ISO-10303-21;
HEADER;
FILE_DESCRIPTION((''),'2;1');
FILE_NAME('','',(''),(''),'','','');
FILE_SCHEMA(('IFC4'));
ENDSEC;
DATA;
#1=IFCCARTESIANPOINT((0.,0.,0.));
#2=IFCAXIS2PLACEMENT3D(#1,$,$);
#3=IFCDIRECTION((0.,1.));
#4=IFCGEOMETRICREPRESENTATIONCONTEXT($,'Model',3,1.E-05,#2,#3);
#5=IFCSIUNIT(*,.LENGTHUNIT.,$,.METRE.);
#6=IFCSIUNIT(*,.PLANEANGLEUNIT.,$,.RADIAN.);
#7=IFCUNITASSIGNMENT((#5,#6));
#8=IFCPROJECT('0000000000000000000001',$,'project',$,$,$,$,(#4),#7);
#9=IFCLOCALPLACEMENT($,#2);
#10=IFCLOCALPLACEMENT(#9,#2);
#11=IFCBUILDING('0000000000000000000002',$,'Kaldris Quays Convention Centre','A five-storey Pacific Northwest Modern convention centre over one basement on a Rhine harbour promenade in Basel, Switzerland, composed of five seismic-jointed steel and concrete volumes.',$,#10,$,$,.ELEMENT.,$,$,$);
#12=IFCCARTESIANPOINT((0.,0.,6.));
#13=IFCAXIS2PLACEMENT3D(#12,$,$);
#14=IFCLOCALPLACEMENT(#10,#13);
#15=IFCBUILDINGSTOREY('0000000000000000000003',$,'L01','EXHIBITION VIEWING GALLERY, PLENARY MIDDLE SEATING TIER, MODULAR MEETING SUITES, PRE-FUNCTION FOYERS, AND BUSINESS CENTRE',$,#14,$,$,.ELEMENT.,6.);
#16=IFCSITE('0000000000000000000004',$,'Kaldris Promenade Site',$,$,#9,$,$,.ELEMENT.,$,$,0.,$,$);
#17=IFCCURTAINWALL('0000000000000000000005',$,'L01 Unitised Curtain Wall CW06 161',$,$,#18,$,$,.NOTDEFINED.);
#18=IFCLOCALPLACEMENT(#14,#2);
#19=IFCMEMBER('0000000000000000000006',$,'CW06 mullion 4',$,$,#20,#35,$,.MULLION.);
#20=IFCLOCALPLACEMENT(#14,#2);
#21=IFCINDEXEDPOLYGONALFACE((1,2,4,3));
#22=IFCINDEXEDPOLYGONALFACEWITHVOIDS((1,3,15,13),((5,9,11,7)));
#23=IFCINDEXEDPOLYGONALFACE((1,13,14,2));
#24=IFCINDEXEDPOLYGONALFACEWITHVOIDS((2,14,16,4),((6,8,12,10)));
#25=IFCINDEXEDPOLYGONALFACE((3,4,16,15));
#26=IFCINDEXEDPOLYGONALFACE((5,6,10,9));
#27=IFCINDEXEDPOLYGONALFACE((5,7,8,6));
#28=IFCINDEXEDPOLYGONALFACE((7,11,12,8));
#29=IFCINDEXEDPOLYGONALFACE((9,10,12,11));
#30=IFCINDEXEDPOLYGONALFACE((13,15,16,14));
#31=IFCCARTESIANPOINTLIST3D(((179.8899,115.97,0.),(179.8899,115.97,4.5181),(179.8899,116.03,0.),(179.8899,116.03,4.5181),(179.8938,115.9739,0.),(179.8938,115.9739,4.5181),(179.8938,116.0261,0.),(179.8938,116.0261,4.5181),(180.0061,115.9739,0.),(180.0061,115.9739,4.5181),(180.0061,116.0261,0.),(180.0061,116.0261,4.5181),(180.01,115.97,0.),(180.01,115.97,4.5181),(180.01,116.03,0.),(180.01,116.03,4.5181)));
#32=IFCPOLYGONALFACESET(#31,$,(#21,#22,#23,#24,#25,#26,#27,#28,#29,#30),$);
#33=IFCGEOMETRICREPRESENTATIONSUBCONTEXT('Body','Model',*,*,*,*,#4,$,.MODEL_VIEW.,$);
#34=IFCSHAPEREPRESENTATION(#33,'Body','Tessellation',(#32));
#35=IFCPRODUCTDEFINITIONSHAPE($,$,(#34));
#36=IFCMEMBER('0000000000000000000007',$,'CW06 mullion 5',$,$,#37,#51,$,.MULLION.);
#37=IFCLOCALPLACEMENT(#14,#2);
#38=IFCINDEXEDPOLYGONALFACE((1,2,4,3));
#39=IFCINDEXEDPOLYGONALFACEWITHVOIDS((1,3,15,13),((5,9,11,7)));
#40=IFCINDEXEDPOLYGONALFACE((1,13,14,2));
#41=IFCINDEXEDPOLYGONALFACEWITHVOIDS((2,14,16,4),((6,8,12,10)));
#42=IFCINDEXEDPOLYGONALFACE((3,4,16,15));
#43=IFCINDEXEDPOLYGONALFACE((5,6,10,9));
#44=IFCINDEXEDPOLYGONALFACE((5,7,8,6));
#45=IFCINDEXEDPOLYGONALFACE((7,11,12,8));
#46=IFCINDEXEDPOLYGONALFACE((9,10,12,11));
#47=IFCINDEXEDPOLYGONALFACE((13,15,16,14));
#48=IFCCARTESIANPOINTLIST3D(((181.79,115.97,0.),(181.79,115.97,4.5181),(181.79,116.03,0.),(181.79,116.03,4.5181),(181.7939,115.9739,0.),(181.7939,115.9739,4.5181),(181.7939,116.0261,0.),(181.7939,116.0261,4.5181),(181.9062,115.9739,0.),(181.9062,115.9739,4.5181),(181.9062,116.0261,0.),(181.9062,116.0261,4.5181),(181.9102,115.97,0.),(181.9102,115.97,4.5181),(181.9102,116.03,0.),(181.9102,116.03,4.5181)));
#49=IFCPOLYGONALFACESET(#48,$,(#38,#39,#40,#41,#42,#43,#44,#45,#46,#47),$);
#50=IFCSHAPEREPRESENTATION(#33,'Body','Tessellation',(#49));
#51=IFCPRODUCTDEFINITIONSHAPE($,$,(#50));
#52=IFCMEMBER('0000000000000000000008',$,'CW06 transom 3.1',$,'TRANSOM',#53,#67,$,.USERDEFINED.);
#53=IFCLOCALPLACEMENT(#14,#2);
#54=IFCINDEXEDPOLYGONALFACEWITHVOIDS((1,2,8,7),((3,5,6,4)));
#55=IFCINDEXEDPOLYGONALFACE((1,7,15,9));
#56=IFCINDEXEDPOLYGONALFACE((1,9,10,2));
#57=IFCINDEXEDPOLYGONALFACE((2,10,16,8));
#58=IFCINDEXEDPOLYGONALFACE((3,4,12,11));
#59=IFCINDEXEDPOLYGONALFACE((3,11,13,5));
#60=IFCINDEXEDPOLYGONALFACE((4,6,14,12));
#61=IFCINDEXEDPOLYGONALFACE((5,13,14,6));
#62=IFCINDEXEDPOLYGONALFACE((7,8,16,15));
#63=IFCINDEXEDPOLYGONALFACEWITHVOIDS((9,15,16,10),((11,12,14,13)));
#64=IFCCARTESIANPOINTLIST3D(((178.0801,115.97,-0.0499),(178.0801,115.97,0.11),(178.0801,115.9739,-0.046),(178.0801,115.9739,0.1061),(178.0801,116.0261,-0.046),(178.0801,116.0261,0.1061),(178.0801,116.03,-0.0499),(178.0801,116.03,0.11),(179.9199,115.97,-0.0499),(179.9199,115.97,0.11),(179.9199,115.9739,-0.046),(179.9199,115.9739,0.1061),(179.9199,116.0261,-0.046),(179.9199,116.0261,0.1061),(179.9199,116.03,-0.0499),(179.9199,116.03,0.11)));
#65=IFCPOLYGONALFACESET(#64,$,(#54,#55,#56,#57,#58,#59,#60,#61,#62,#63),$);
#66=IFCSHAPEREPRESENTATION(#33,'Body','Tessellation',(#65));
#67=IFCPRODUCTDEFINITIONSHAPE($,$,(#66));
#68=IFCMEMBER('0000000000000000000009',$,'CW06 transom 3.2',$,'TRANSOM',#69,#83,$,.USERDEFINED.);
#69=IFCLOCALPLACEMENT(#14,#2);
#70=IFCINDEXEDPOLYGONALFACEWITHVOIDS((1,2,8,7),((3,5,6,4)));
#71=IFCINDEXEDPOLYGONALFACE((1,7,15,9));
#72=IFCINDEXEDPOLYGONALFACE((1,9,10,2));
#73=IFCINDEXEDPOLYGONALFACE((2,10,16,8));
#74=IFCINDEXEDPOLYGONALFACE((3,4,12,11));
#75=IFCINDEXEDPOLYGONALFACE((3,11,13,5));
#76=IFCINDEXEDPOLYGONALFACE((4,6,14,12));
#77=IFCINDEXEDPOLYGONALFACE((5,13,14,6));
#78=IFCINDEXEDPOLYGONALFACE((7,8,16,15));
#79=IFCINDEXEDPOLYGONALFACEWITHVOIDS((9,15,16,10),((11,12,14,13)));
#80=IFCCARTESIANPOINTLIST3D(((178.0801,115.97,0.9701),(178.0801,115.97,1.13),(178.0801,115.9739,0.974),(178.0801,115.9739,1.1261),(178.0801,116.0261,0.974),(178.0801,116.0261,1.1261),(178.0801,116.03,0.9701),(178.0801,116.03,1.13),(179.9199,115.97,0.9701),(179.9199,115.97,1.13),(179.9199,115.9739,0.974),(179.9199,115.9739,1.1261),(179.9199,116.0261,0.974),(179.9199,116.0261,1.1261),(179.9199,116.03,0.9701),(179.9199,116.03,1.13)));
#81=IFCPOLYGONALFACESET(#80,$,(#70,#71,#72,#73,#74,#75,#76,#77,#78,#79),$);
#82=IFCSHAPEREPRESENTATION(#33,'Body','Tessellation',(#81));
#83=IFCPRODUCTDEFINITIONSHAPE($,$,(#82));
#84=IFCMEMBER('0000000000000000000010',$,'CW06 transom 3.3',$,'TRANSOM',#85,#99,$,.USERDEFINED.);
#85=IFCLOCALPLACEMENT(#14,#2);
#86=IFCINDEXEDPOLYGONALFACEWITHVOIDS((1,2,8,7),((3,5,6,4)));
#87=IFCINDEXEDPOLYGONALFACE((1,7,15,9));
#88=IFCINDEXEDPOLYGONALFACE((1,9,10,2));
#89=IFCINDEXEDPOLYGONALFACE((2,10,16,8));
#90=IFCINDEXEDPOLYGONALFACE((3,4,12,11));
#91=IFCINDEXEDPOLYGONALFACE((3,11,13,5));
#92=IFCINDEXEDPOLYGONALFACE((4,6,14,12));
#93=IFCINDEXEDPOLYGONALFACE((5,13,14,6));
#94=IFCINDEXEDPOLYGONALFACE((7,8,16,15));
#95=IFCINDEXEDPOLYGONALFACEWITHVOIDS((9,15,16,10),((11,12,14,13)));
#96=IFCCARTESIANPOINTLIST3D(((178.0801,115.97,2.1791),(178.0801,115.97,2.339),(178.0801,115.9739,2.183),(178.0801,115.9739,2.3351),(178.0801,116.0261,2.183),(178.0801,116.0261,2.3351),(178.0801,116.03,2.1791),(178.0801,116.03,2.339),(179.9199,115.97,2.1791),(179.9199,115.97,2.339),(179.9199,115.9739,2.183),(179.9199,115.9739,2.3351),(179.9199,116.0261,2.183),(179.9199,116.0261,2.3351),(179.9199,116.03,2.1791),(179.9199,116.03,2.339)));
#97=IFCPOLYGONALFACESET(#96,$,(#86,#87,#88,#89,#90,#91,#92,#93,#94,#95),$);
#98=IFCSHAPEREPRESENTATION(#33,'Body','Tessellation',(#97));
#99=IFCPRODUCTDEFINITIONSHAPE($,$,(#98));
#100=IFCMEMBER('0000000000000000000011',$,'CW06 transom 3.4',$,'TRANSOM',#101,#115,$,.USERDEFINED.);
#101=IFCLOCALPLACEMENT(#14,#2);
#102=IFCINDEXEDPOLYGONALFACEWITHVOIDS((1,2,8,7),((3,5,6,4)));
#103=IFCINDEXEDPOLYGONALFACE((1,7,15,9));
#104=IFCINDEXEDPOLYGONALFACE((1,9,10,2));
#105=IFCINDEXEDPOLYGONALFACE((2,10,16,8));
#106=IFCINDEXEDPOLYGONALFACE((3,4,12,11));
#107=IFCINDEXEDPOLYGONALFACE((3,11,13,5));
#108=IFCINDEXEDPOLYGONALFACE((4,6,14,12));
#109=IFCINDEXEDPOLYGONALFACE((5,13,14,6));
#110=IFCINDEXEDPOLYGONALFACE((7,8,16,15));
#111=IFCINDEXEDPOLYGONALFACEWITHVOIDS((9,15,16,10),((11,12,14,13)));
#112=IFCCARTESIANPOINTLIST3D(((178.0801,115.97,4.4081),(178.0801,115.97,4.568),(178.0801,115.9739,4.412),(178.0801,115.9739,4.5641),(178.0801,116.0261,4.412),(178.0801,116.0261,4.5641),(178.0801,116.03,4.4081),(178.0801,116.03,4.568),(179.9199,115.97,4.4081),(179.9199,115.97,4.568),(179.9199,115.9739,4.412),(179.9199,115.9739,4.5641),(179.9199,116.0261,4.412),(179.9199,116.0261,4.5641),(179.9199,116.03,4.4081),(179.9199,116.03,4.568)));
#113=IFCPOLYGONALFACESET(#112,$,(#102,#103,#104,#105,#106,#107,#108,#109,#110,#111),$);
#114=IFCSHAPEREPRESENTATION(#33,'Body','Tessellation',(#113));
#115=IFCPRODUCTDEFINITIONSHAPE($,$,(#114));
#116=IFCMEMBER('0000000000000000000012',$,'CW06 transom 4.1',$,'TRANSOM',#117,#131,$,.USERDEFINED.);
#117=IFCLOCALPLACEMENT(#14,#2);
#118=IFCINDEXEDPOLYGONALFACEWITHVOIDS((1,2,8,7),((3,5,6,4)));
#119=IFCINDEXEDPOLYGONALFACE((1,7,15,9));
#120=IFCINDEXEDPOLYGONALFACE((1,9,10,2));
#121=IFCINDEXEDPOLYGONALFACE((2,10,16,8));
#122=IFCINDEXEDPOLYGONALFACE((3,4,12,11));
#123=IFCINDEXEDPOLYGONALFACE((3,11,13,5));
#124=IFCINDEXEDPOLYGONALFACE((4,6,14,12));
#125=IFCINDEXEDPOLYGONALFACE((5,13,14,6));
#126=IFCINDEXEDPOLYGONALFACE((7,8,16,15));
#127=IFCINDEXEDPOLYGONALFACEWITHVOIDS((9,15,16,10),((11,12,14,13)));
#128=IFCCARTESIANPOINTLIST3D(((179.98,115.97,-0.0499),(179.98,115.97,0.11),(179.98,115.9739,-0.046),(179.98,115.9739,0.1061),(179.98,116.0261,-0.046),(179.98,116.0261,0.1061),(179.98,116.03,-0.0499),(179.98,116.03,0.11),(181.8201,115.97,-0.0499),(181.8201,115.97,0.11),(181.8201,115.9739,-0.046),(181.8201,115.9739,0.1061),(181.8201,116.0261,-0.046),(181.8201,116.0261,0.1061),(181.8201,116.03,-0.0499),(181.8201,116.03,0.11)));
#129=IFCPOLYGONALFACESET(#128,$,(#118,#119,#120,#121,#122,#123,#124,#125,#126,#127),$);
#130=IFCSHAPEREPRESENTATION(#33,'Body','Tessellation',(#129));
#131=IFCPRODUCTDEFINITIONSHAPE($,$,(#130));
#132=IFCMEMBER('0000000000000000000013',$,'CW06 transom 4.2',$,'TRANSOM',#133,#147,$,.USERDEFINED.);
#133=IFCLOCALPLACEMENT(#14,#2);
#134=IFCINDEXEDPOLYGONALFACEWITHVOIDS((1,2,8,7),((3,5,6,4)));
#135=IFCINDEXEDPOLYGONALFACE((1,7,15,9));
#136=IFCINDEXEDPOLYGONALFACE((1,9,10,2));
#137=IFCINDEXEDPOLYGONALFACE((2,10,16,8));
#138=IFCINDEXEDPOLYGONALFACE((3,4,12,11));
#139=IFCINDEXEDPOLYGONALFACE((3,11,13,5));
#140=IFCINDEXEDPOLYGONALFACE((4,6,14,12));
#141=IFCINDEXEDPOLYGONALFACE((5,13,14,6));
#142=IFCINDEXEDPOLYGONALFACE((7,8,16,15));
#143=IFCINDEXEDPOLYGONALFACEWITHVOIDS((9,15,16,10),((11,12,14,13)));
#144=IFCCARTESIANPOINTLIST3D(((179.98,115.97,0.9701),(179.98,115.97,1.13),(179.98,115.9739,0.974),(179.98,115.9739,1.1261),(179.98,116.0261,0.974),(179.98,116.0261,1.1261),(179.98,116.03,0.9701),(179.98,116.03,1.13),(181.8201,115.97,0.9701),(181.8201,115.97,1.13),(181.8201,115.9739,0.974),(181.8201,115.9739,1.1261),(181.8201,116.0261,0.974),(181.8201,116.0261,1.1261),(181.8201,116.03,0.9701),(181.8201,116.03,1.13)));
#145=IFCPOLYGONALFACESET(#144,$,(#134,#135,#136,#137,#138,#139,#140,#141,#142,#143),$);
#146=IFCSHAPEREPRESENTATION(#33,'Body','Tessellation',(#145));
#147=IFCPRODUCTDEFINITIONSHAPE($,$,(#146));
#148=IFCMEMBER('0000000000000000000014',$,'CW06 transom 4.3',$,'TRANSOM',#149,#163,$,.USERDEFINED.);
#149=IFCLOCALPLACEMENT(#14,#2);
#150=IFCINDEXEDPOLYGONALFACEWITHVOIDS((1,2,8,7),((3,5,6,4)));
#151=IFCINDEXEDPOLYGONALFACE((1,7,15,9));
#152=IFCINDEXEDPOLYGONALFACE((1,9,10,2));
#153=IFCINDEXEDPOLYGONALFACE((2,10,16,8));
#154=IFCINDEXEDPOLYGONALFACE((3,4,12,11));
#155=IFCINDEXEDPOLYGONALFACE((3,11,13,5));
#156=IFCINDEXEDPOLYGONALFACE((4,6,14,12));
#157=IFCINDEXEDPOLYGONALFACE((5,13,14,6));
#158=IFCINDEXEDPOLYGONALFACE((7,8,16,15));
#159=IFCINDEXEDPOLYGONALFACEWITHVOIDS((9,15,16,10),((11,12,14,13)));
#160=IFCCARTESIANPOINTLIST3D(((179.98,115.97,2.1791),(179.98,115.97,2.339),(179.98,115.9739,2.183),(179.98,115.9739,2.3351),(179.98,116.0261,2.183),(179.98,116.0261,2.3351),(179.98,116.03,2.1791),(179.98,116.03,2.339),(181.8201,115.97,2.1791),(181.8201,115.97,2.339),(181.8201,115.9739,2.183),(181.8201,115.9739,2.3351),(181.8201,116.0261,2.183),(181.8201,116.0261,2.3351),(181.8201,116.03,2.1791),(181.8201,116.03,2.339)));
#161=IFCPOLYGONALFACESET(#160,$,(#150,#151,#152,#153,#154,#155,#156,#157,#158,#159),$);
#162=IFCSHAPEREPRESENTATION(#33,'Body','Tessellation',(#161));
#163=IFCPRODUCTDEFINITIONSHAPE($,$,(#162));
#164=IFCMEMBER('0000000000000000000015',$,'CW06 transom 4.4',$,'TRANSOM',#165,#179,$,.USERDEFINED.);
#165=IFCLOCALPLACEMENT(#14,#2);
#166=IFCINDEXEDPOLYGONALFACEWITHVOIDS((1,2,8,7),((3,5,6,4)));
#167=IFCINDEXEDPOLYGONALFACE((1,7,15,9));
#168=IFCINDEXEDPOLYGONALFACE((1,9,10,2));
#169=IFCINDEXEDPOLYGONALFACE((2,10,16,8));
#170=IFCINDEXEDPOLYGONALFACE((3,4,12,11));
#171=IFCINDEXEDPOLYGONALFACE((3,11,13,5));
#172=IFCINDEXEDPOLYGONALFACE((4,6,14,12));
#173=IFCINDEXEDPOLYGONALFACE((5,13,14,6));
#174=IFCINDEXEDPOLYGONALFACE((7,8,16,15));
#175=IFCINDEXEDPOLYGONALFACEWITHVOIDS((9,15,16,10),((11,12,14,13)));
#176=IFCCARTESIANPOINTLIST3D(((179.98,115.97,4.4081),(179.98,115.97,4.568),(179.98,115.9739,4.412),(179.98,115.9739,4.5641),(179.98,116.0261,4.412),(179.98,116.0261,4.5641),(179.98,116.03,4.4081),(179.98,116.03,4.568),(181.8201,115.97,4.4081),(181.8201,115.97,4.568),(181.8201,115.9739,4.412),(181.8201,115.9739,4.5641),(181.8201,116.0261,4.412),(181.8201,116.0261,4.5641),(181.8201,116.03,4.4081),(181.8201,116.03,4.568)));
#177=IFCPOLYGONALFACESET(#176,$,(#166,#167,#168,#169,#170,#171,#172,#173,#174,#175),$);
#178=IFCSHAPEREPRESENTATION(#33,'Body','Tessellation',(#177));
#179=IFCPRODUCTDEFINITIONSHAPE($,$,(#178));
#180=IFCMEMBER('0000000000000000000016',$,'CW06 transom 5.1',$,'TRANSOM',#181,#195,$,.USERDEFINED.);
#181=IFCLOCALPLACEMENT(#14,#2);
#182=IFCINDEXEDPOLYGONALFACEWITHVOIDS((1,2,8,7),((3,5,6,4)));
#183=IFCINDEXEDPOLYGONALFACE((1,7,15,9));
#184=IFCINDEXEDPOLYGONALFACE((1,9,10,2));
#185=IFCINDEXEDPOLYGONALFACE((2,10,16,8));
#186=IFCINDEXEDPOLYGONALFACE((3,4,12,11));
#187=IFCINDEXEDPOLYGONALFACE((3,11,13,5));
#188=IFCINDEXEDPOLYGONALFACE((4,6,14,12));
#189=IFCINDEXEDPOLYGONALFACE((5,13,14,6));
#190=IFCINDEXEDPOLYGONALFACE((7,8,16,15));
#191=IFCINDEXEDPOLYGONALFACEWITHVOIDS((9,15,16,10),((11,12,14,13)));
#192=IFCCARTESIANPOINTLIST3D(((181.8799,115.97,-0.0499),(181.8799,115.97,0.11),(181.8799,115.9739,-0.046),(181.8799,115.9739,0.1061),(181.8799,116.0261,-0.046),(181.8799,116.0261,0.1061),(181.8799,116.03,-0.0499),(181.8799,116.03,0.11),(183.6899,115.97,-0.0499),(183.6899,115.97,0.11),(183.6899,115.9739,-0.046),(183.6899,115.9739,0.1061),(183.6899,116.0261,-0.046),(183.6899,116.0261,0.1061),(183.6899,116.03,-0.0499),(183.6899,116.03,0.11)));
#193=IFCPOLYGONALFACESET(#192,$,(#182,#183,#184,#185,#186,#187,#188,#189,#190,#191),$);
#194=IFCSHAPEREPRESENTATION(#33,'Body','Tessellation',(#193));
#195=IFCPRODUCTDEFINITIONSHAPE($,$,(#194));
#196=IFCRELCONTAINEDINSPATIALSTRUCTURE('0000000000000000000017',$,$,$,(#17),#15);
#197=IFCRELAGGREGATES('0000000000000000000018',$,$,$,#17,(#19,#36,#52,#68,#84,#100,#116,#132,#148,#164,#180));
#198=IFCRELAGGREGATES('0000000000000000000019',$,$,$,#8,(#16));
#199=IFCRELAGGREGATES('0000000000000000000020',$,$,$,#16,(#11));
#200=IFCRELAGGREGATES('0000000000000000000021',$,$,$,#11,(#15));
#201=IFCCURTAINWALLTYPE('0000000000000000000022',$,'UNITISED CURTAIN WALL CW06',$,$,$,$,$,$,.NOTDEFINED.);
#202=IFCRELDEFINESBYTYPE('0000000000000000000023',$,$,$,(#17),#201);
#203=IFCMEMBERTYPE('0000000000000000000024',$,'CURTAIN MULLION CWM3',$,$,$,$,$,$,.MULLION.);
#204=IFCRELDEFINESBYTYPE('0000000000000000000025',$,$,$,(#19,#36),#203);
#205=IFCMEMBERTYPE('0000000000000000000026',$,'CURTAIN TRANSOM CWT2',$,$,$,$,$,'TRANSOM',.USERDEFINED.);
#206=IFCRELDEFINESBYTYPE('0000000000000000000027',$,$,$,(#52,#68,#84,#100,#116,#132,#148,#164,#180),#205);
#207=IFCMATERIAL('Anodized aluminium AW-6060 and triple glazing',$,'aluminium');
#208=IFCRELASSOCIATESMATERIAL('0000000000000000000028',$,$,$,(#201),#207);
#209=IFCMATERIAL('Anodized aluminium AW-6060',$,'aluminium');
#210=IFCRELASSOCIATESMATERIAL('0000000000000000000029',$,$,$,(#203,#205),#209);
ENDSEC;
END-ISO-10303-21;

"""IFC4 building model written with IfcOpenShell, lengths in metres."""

from ifc_helpers import new_model, si_unit, direction, frame, origin, origin_2d, place, context, subcontext, project, spatial, hollow_rectangle, extrude, material, material_profile, profile_set, type_object, element, aggregate, save


model = new_model("IFC4")

# Units and contexts
model_context = context("Model", 3, precision=1e-05, world=origin(), true_north=direction((0.0, 1.0)))
body_context = subcontext(model_context, "Body", "Model", "MODEL_VIEW")
ifc_project = project(units=[si_unit("LENGTHUNIT", "METRE"), si_unit("PLANEANGLEUNIT", "RADIAN")], contexts=[model_context])

# Site, building, storey
site_placement = place(None, origin())
site = spatial("IfcSite", under=ifc_project, at=site_placement, Name="Kaldris Promenade Site", CompositionType="ELEMENT", RefElevation=0.0)
building_placement = place(site_placement, origin())
building = spatial("IfcBuilding", under=site, at=building_placement, Name="Kaldris Quays Convention Centre", Description="A five-storey Pacific Northwest Modern convention centre over one basement on a Rhine harbour promenade in Basel, Switzerland, composed of five seismic-jointed steel and concrete volumes.", CompositionType="ELEMENT")
storey_placement = place(building_placement, frame((0.0, 0.0, 6.0)))
storey = spatial("IfcBuildingStorey", under=building, at=storey_placement, Name="L01", Description="EXHIBITION VIEWING GALLERY, PLENARY MIDDLE SEATING TIER, MODULAR MEETING SUITES, PRE-FUNCTION FOYERS, AND BUSINESS CENTRE", CompositionType="ELEMENT", Elevation=6.0)

# Curtain wall, members
ifc_material_1 = material(Name="Anodized aluminium AW-6060 and triple glazing", Category="aluminium")
curtain_wall_type = type_object("IfcCurtainWallType", Name="UNITISED CURTAIN WALL CW06", PredefinedType="NOTDEFINED", material=ifc_material_1)
curtain_wall_placement = place(storey_placement, origin())
curtain_wall = element("IfcCurtainWall", 1, at=curtain_wall_placement, inside=storey, type_object=curtain_wall_type, Name="L01 Unitised Curtain Wall CW06 161", PredefinedType="NOTDEFINED")
ifc_material_2 = material(Name="Anodized aluminium AW-6060", Category="aluminium")
ifc_material_profile_1 = material_profile(ifc_material_2, hollow_rectangle(XDim=0.0601, YDim=0.1201, WallThickness=0.0039, at=origin_2d()), Name="RHS 120x60x4")
ifc_profile_set_1 = profile_set([ifc_material_profile_1], Name="Anodized aluminium AW-6060")
member_type_1 = type_object("IfcMemberType", Name="CURTAIN MULLION CWM3", PredefinedType="MULLION", material=ifc_profile_set_1)
member_1_placement = place(storey_placement, frame((179.95, 116.0, 0.0), z_axis=(0.0, 0.0, 1.0), x_axis=(0.0, 1.0, 0.0)))
member_1 = element("IfcMember", 2, at=member_1_placement, type_object=member_type_1, Name="CW06 mullion 4", PredefinedType="MULLION", context=body_context, shape_type="SweptSolid", body=[
    extrude(hollow_rectangle(XDim=0.0601, YDim=0.1201, WallThickness=0.0039, at=origin_2d()), origin(), (0.0, 0.0, 1.0), 4.5181),
])
member_2_placement = place(storey_placement, frame((181.8501, 116.0, 0.0), z_axis=(0.0, 0.0, 1.0), x_axis=(0.0, 1.0, 0.0)))
member_2 = element("IfcMember", 3, at=member_2_placement, type_object=member_type_1, Name="CW06 mullion 5", PredefinedType="MULLION", context=body_context, shape_type="SweptSolid", body=[
    extrude(hollow_rectangle(XDim=0.0601, YDim=0.1201, WallThickness=0.0039, at=origin_2d()), origin(), (0.0, 0.0, 1.0), 4.5181),
])
ifc_material_profile_2 = material_profile(ifc_material_2, hollow_rectangle(XDim=0.0601, YDim=0.1599, WallThickness=0.0039, at=origin_2d()), Name="RHS 160x60x4")
ifc_profile_set_2 = profile_set([ifc_material_profile_2], Name="Anodized aluminium AW-6060")
member_type_2 = type_object("IfcMemberType", Name="CURTAIN TRANSOM CWT2", ElementType="TRANSOM", PredefinedType="USERDEFINED", material=ifc_profile_set_2)
member_3_placement = place(storey_placement, frame((178.0801, 116.0, 0.03), z_axis=(1.0, 0.0, 0.0), x_axis=(0.0, 1.0, 0.0)))
member_3 = element("IfcMember", 4, at=member_3_placement, type_object=member_type_2, Name="CW06 transom 3.1", ObjectType="TRANSOM", PredefinedType="USERDEFINED", context=body_context, shape_type="SweptSolid", body=[
    extrude(hollow_rectangle(XDim=0.0601, YDim=0.1599, WallThickness=0.0039, at=origin_2d()), origin(), (0.0, 0.0, 1.0), 1.8398),
])
member_4_placement = place(storey_placement, frame((178.0801, 116.0, 1.05), z_axis=(1.0, 0.0, 0.0), x_axis=(0.0, 1.0, 0.0)))
member_4 = element("IfcMember", 5, at=member_4_placement, type_object=member_type_2, Name="CW06 transom 3.2", ObjectType="TRANSOM", PredefinedType="USERDEFINED", context=body_context, shape_type="SweptSolid", body=[
    extrude(hollow_rectangle(XDim=0.0601, YDim=0.1599, WallThickness=0.0039, at=origin_2d()), origin(), (0.0, 0.0, 1.0), 1.8398),
])
member_5_placement = place(storey_placement, frame((178.0801, 116.0, 2.259), z_axis=(1.0, 0.0, 0.0), x_axis=(0.0, 1.0, 0.0)))
member_5 = element("IfcMember", 6, at=member_5_placement, type_object=member_type_2, Name="CW06 transom 3.3", ObjectType="TRANSOM", PredefinedType="USERDEFINED", context=body_context, shape_type="SweptSolid", body=[
    extrude(hollow_rectangle(XDim=0.0601, YDim=0.1599, WallThickness=0.0039, at=origin_2d()), origin(), (0.0, 0.0, 1.0), 1.8398),
])
member_6_placement = place(storey_placement, frame((178.0801, 116.0, 4.488), z_axis=(1.0, 0.0, 0.0), x_axis=(0.0, 1.0, 0.0)))
member_6 = element("IfcMember", 7, at=member_6_placement, type_object=member_type_2, Name="CW06 transom 3.4", ObjectType="TRANSOM", PredefinedType="USERDEFINED", context=body_context, shape_type="SweptSolid", body=[
    extrude(hollow_rectangle(XDim=0.0601, YDim=0.1599, WallThickness=0.0039, at=origin_2d()), origin(), (0.0, 0.0, 1.0), 1.8398),
])
member_7_placement = place(storey_placement, frame((179.98, 116.0, 0.03), z_axis=(1.0, 0.0, 0.0), x_axis=(0.0, 1.0, 0.0)))
member_7 = element("IfcMember", 8, at=member_7_placement, type_object=member_type_2, Name="CW06 transom 4.1", ObjectType="TRANSOM", PredefinedType="USERDEFINED", context=body_context, shape_type="SweptSolid", body=[
    extrude(hollow_rectangle(XDim=0.0601, YDim=0.1599, WallThickness=0.0039, at=origin_2d()), origin(), (0.0, 0.0, 1.0), 1.8401),
])
member_8_placement = place(storey_placement, frame((179.98, 116.0, 1.05), z_axis=(1.0, 0.0, 0.0), x_axis=(0.0, 1.0, 0.0)))
member_8 = element("IfcMember", 9, at=member_8_placement, type_object=member_type_2, Name="CW06 transom 4.2", ObjectType="TRANSOM", PredefinedType="USERDEFINED", context=body_context, shape_type="SweptSolid", body=[
    extrude(hollow_rectangle(XDim=0.0601, YDim=0.1599, WallThickness=0.0039, at=origin_2d()), origin(), (0.0, 0.0, 1.0), 1.8401),
])
member_9_placement = place(storey_placement, frame((179.98, 116.0, 2.259), z_axis=(1.0, 0.0, 0.0), x_axis=(0.0, 1.0, 0.0)))
member_9 = element("IfcMember", 10, at=member_9_placement, type_object=member_type_2, Name="CW06 transom 4.3", ObjectType="TRANSOM", PredefinedType="USERDEFINED", context=body_context, shape_type="SweptSolid", body=[
    extrude(hollow_rectangle(XDim=0.0601, YDim=0.1599, WallThickness=0.0039, at=origin_2d()), origin(), (0.0, 0.0, 1.0), 1.8401),
])
member_10_placement = place(storey_placement, frame((179.98, 116.0, 4.488), z_axis=(1.0, 0.0, 0.0), x_axis=(0.0, 1.0, 0.0)))
member_10 = element("IfcMember", 11, at=member_10_placement, type_object=member_type_2, Name="CW06 transom 4.4", ObjectType="TRANSOM", PredefinedType="USERDEFINED", context=body_context, shape_type="SweptSolid", body=[
    extrude(hollow_rectangle(XDim=0.0601, YDim=0.1599, WallThickness=0.0039, at=origin_2d()), origin(), (0.0, 0.0, 1.0), 1.8401),
])
member_11_placement = place(storey_placement, frame((181.8799, 116.0, 0.03), z_axis=(1.0, 0.0, 0.0), x_axis=(0.0, 1.0, 0.0)))
member_11 = element("IfcMember", 12, at=member_11_placement, type_object=member_type_2, Name="CW06 transom 5.1", ObjectType="TRANSOM", PredefinedType="USERDEFINED", context=body_context, shape_type="SweptSolid", body=[
    extrude(hollow_rectangle(XDim=0.0601, YDim=0.1599, WallThickness=0.0039, at=origin_2d()), origin(), (0.0, 0.0, 1.0), 1.8101),
])

aggregate(curtain_wall, [member_1, member_2, member_3, member_4, member_5, member_6, member_7, member_8, member_9, member_10, member_11])

save(model, "model.ifc")
